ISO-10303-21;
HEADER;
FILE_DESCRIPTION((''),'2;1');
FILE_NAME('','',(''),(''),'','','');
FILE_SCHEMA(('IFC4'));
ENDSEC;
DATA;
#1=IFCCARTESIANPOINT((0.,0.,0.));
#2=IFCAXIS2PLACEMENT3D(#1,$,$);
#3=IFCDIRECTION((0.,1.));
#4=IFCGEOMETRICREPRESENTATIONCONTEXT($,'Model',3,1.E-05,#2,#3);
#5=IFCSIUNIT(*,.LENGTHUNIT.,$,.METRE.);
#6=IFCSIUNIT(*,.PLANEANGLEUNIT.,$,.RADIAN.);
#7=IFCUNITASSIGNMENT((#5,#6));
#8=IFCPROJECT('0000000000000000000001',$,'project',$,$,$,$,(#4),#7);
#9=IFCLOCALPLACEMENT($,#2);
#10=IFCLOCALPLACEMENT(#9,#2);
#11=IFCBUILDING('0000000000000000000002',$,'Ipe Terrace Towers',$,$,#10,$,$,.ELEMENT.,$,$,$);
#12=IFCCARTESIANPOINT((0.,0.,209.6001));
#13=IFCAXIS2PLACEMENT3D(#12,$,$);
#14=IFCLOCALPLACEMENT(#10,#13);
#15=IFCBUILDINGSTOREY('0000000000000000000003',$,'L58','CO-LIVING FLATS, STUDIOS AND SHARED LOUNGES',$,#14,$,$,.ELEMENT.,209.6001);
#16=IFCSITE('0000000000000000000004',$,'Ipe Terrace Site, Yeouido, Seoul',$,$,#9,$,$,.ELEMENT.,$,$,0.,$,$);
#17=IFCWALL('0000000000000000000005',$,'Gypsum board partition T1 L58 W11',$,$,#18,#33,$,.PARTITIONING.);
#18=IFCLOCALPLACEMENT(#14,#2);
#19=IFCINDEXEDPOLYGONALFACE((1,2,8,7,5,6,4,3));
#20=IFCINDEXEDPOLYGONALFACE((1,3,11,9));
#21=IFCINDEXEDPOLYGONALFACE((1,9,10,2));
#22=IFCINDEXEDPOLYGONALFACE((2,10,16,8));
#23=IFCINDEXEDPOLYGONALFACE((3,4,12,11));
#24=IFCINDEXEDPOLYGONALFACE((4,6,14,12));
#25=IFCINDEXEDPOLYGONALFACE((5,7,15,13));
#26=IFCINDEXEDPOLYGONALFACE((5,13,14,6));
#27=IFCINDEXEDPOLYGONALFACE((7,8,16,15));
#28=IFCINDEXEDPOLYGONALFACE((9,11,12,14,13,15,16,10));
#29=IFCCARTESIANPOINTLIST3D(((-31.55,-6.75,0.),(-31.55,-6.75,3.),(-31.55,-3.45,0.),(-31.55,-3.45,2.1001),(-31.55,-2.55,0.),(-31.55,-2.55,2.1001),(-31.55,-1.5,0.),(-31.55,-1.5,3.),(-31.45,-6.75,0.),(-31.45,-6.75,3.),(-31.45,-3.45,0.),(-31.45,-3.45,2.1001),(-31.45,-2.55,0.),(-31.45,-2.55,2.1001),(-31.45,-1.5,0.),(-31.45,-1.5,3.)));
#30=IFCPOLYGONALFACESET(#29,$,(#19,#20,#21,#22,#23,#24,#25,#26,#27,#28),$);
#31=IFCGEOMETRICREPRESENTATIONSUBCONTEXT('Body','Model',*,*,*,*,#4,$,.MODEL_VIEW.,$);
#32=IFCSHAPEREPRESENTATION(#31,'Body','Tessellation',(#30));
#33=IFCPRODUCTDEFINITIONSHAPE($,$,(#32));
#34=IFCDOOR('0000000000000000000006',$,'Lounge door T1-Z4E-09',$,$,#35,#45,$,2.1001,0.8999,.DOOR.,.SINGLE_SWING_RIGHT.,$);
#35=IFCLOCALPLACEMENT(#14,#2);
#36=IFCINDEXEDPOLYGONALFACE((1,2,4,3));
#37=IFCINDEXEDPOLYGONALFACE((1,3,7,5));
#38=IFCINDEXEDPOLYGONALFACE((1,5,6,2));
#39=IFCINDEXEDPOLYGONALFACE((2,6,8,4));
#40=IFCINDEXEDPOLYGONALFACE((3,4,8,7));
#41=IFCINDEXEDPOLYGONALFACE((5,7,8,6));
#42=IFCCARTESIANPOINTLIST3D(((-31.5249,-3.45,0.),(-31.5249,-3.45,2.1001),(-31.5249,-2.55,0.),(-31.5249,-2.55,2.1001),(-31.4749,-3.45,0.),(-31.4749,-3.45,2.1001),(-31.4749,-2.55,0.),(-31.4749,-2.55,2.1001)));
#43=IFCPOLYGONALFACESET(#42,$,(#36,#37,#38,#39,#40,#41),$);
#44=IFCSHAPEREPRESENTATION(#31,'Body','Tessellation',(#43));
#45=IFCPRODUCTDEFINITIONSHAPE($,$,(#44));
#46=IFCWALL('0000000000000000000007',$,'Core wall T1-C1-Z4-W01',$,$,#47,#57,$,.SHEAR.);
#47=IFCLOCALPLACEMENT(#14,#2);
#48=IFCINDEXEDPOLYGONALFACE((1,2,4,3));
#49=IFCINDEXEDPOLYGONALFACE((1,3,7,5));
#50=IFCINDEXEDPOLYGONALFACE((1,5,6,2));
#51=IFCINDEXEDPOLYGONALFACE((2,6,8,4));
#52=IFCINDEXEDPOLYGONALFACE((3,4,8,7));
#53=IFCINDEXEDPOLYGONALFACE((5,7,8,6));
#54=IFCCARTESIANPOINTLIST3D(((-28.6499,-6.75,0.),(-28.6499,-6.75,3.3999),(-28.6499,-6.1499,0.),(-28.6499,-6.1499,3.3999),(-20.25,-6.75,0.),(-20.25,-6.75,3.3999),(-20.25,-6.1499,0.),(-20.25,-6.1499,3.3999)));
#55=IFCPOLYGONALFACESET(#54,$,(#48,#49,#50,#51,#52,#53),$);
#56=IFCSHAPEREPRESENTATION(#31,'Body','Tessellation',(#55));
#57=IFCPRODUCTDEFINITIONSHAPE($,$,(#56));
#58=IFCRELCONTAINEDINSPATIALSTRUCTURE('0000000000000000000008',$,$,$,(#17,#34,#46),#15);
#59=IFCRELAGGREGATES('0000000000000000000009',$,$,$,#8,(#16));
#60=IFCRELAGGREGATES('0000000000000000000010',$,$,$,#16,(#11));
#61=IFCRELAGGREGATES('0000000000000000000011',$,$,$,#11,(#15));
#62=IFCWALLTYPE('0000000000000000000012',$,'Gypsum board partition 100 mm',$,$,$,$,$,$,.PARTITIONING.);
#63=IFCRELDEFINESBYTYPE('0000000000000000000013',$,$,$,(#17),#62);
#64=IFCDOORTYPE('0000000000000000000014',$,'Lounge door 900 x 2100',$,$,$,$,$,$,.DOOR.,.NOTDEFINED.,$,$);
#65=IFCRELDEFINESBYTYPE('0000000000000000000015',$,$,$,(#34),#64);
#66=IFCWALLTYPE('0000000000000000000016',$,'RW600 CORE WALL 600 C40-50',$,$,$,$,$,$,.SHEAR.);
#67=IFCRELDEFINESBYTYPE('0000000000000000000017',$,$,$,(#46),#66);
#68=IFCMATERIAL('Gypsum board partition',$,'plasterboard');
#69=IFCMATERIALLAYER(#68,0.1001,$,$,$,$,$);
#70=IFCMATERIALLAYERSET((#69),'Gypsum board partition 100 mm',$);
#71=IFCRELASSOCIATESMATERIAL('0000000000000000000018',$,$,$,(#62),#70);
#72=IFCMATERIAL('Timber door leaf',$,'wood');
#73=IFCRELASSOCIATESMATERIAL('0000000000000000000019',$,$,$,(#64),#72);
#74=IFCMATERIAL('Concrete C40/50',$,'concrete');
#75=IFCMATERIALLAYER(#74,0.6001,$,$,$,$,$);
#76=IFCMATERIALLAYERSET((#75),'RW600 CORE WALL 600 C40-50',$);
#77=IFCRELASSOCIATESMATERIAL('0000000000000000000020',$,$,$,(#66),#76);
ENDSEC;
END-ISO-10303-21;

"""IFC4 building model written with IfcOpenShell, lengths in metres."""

from ifc_helpers import new_model, si_unit, direction, frame, frame_2d, origin, place, context, subcontext, project, spatial, rectangle, extrude, material, layer, layer_set, type_object, element, fill, save


model = new_model("IFC4")

# Units and contexts
model_context = context("Model", 3, precision=1e-05, world=origin(), true_north=direction((0.0, 1.0)))
body_context = subcontext(model_context, "Body", "Model", "MODEL_VIEW")
ifc_project = project(units=[si_unit("LENGTHUNIT", "METRE"), si_unit("PLANEANGLEUNIT", "RADIAN")], contexts=[model_context])

# Site, building, storey
site_placement = place(None, origin())
site = spatial("IfcSite", under=ifc_project, at=site_placement, Name="Ipe Terrace Site, Yeouido, Seoul", CompositionType="ELEMENT", RefElevation=0.0)
building_placement = place(site_placement, origin())
building = spatial("IfcBuilding", under=site, at=building_placement, Name="Ipe Terrace Towers", CompositionType="ELEMENT")
storey_placement = place(building_placement, frame((0.0, 0.0, 209.6001)))
storey = spatial("IfcBuildingStorey", under=building, at=storey_placement, Name="L58", Description="CO-LIVING FLATS, STUDIOS AND SHARED LOUNGES", CompositionType="ELEMENT", Elevation=209.6001)

# Wall, opening, door
ifc_material_1 = material(Name="Gypsum board partition", Category="plasterboard")
ifc_layer_1 = layer(ifc_material_1, 0.1001)
ifc_layer_set_1 = layer_set([ifc_layer_1], Name="Gypsum board partition 100 mm")
wall_type_1 = type_object("IfcWallType", Name="Gypsum board partition 100 mm", PredefinedType="PARTITIONING", material=ifc_layer_set_1)
wall_1_placement = place(storey_placement, frame((-31.5, -6.75, 0.0), z_axis=(0.0, 0.0, 1.0), x_axis=(0.0, 1.0, 0.0)))
wall_1 = element("IfcWall", 1, at=wall_1_placement, inside=storey, type_object=wall_type_1, Name="Gypsum board partition T1 L58 W11", PredefinedType="PARTITIONING", context=body_context, shape_type="SweptSolid", body=[
    extrude(rectangle(XDim=5.25, YDim=0.1001, at=frame_2d((2.625, 0.0))), origin(), (0.0, 0.0, 1.0), 3.0),
])
opening_placement = place(wall_1_placement, frame((3.3, 0.0, 0.0)))
opening = element("IfcOpeningElement", 2, at=opening_placement, cuts=wall_1, PredefinedType="OPENING", context=body_context, shape_type="SweptSolid", body=[
    extrude(rectangle(XDim=0.8999, YDim=2.1001, at=frame_2d((0.45, 1.05))), frame((0.0, 0.0601, 0.0), z_axis=(0.0, -1.0, 0.0), x_axis=(1.0, 0.0, 0.0)), (0.0, 0.0, 1.0), 0.1201),
])
ifc_material_2 = material(Name="Timber door leaf", Category="wood")
door_type = type_object("IfcDoorType", Name="Lounge door 900 x 2100", OperationType="NOTDEFINED", PredefinedType="DOOR", material=ifc_material_2)
door_placement = place(opening_placement, origin())
door = element("IfcDoor", 3, at=door_placement, inside=storey, type_object=door_type, Name="Lounge door T1-Z4E-09", OperationType="SINGLE_SWING_RIGHT", OverallHeight=2.1001, OverallWidth=0.8999, PredefinedType="DOOR", context=body_context, shape_type="SweptSolid", body=[
    extrude(rectangle(XDim=0.8999, YDim=2.1001, at=frame_2d((0.45, 1.05))), frame((0.0, 0.0249, 0.0), z_axis=(0.0, -1.0, 0.0), x_axis=(1.0, 0.0, 0.0)), (0.0, 0.0, 1.0), 0.05),
])
fill(opening, door)

# Wall
ifc_material_3 = material(Name="Concrete C40/50", Category="concrete")
ifc_layer_2 = layer(ifc_material_3, 0.6001)
ifc_layer_set_2 = layer_set([ifc_layer_2], Name="RW600 CORE WALL 600 C40-50")
wall_type_2 = type_object("IfcWallType", Name="RW600 CORE WALL 600 C40-50", PredefinedType="SHEAR", material=ifc_layer_set_2)
wall_2_placement = place(storey_placement, frame((-28.6499, -6.45, 0.0), z_axis=(0.0, 0.0, 1.0), x_axis=(1.0, 0.0, 0.0)))
element("IfcWall", 4, at=wall_2_placement, inside=storey, type_object=wall_type_2, Name="Core wall T1-C1-Z4-W01", PredefinedType="SHEAR", context=body_context, shape_type="SweptSolid", body=[
    extrude(rectangle(XDim=8.3999, YDim=0.6001, at=frame_2d((4.2, 0.0))), origin(), (0.0, 0.0, 1.0), 3.3999),
])

save(model, "model.ifc")
